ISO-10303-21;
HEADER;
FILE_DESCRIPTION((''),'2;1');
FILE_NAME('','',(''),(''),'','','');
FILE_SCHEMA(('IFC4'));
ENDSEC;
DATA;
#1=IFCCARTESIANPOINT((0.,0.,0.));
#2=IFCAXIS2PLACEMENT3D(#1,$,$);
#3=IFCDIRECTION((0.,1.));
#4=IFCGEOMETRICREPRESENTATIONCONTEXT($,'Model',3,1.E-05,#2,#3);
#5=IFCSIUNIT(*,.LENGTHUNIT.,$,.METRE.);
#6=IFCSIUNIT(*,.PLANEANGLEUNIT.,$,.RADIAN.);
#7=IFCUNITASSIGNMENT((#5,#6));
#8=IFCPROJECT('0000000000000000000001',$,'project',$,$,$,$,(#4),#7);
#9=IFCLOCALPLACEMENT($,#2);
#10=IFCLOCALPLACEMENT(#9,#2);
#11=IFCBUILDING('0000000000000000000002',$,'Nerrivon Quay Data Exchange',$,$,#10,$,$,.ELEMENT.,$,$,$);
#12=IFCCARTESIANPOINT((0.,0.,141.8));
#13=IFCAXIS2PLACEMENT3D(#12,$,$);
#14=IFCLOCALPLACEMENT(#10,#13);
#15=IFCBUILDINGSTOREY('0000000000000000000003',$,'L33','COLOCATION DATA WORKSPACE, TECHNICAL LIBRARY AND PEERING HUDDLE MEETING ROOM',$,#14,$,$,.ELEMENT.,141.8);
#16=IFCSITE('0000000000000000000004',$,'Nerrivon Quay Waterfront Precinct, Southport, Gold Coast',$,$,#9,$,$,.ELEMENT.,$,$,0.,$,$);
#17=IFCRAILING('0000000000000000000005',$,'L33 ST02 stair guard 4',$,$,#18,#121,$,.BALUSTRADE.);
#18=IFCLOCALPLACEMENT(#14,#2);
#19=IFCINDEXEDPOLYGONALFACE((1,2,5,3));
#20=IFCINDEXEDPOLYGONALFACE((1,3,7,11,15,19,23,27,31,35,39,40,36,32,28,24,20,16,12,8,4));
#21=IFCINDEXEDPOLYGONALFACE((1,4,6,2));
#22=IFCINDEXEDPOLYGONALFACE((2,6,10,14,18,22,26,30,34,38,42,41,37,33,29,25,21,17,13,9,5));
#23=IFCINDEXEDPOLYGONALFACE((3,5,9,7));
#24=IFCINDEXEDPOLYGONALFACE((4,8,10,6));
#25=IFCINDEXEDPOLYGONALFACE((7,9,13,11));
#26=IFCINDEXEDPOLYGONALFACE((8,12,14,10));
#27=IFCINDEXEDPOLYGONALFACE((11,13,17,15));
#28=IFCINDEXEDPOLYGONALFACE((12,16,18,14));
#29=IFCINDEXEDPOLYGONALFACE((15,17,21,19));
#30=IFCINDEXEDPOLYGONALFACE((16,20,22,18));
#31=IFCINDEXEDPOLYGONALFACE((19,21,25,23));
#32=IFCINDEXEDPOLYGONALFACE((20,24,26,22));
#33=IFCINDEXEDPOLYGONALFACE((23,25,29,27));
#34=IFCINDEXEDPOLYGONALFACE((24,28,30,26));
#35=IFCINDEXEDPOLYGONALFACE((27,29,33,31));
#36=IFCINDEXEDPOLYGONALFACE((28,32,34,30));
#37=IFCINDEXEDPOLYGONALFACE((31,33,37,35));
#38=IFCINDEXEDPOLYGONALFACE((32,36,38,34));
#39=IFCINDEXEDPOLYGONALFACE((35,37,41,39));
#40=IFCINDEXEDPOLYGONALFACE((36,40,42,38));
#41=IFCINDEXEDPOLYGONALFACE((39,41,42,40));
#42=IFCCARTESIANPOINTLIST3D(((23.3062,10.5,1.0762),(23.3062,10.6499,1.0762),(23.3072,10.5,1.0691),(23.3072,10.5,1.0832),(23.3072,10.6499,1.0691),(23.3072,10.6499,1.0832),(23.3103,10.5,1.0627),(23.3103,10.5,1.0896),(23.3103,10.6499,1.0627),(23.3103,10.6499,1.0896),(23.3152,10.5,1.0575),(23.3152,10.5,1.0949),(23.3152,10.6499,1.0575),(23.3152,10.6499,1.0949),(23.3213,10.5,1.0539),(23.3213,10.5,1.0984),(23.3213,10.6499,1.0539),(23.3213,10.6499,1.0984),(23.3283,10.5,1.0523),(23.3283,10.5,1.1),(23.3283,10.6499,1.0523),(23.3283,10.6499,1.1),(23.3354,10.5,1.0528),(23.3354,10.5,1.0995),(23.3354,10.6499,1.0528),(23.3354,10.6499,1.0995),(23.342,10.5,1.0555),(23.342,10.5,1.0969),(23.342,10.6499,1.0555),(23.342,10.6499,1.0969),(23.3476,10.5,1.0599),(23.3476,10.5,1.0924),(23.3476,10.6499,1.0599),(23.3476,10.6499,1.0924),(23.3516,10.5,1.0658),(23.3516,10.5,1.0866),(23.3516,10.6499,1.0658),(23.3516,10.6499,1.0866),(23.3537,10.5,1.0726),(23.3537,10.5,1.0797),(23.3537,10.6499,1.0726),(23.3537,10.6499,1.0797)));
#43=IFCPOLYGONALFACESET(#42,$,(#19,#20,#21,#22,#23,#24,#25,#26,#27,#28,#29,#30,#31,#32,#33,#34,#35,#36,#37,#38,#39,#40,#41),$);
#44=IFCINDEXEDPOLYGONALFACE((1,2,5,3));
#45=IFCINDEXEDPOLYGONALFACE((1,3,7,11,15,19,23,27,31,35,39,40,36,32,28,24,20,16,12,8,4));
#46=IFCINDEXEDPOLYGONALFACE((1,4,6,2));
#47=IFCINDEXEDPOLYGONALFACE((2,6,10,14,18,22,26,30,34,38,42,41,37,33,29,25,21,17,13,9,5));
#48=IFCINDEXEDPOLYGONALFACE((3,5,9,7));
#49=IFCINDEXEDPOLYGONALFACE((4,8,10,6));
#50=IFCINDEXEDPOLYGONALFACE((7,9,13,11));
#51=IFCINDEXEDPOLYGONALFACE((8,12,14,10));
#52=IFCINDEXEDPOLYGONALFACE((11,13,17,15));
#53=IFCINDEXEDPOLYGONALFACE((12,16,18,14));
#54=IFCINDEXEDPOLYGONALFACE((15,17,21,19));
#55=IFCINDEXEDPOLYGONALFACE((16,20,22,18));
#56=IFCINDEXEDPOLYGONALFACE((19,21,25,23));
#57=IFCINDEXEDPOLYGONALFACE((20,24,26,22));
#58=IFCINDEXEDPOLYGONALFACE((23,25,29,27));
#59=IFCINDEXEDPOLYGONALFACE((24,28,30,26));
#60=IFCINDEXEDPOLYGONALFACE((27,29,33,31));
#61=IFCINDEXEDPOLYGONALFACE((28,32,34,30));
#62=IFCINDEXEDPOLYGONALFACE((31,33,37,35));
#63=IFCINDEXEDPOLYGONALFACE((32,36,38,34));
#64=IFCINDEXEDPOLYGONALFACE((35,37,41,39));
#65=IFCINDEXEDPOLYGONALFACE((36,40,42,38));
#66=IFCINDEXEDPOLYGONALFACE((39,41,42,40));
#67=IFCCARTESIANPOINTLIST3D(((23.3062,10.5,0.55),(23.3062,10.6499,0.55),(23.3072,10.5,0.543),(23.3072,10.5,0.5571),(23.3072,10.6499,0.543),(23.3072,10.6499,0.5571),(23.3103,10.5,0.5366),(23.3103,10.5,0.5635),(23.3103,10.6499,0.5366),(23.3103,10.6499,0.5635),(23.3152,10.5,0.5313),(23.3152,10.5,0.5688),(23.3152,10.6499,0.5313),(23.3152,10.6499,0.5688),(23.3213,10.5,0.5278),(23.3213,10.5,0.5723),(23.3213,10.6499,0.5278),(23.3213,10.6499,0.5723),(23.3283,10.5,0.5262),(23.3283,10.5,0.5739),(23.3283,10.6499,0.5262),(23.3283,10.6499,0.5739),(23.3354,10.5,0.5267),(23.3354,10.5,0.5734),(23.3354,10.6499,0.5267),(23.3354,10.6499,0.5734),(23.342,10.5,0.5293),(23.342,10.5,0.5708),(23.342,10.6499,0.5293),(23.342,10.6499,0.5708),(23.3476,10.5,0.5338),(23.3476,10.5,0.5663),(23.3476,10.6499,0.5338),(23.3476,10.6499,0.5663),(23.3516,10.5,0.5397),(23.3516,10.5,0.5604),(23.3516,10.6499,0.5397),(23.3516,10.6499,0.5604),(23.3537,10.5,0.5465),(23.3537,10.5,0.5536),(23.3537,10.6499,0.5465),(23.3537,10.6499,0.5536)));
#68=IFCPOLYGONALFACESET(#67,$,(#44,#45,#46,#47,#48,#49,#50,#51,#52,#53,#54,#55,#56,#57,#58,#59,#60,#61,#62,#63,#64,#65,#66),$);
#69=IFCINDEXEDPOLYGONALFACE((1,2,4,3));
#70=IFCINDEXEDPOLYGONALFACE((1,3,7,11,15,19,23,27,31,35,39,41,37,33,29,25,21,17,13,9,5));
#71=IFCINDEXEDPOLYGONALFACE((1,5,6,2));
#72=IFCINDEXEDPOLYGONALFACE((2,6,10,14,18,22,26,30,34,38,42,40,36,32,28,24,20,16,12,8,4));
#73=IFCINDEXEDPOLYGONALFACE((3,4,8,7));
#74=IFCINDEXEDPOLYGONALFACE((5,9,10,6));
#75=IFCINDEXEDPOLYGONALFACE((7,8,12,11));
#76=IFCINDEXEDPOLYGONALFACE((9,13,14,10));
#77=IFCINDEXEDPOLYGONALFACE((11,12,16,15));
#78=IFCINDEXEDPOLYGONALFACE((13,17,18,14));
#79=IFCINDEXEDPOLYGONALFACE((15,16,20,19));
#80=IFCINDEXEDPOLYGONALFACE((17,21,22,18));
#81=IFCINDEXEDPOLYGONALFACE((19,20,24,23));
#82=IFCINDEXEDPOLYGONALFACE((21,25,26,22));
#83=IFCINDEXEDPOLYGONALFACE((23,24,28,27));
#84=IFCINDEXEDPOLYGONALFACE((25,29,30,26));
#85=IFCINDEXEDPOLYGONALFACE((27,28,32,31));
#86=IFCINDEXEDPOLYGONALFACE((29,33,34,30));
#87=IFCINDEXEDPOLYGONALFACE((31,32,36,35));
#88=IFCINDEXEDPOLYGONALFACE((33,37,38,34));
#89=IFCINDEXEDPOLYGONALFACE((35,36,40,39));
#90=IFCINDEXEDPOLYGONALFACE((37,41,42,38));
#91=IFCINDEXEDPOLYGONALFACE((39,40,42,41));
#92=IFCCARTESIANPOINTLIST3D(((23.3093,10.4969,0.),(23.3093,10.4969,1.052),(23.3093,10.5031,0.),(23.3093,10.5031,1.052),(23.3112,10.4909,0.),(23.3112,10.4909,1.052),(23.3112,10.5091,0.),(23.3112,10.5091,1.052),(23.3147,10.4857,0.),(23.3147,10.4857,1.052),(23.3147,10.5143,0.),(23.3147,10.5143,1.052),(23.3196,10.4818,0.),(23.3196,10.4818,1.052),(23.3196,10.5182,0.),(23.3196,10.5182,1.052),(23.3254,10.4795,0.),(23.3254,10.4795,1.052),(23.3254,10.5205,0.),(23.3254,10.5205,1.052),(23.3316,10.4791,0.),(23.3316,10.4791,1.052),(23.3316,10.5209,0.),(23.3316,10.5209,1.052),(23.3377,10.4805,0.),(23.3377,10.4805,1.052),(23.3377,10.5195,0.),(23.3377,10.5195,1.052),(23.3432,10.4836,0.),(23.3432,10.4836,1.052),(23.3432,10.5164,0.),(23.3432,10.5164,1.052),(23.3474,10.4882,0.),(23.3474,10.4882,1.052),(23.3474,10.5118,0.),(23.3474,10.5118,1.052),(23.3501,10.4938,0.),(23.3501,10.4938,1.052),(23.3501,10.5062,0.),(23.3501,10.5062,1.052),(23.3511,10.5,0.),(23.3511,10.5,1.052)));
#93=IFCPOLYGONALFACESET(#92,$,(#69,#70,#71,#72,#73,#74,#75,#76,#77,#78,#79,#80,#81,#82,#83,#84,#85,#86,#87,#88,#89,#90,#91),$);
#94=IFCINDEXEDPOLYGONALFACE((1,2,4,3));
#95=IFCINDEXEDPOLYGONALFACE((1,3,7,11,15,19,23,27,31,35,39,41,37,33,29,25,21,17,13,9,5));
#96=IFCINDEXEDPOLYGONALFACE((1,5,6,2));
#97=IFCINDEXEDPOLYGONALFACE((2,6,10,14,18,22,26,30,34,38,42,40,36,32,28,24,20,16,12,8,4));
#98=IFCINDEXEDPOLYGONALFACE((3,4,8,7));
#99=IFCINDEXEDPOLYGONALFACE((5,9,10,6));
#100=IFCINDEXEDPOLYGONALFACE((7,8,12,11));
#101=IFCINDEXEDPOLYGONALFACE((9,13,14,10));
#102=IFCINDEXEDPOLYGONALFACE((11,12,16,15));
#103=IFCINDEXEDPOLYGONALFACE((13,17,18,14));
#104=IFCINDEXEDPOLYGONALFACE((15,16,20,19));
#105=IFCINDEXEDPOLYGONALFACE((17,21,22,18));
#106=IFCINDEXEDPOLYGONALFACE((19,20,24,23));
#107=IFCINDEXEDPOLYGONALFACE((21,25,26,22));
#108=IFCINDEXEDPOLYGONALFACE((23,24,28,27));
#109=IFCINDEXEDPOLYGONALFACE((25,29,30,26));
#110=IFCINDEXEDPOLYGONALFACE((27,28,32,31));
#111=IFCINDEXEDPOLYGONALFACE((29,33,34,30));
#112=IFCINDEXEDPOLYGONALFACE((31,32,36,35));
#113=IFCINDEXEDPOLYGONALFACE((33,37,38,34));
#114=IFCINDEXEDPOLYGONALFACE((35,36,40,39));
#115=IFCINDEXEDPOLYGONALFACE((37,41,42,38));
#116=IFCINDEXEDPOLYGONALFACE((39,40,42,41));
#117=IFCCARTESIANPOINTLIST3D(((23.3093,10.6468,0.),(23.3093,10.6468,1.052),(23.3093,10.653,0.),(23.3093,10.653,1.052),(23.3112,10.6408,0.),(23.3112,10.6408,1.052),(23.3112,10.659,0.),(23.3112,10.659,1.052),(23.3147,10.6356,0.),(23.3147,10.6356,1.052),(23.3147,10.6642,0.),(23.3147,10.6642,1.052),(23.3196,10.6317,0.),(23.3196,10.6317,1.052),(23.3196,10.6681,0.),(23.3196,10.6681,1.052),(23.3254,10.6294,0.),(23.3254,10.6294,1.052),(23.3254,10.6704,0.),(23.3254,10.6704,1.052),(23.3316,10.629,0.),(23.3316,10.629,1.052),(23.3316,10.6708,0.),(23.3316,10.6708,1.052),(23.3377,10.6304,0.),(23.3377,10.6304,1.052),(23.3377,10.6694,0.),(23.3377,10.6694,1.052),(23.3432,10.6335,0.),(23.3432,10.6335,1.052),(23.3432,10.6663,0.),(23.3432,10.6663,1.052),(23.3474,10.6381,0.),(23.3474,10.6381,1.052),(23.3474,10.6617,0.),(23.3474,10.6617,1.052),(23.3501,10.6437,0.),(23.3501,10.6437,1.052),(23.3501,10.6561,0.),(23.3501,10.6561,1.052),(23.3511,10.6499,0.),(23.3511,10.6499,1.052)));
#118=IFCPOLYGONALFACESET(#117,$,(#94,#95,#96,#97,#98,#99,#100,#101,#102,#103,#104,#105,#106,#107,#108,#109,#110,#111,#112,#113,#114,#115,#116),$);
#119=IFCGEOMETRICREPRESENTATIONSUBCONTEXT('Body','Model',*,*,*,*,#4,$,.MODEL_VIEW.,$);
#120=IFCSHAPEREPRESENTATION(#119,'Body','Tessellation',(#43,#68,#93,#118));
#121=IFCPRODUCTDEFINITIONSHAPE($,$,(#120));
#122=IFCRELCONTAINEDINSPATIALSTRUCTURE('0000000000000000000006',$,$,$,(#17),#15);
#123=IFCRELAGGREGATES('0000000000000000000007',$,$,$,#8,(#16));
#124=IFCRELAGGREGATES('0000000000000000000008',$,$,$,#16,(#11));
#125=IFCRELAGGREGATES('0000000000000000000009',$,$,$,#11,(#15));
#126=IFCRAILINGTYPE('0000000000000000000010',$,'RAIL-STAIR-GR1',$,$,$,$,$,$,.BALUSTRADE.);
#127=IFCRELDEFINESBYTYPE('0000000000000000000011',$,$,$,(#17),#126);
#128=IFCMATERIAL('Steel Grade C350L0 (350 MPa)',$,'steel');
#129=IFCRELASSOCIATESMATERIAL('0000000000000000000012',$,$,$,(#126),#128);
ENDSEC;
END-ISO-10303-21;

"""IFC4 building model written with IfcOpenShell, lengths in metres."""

from ifc_helpers import new_model, si_unit, direction, frame, origin, origin_2d, place, context, subcontext, project, spatial, circle, extrude, material, type_object, element, save


model = new_model("IFC4")

# Units and contexts
model_context = context("Model", 3, precision=1e-05, world=origin(), true_north=direction((0.0, 1.0)))
body_context = subcontext(model_context, "Body", "Model", "MODEL_VIEW")
ifc_project = project(units=[si_unit("LENGTHUNIT", "METRE"), si_unit("PLANEANGLEUNIT", "RADIAN")], contexts=[model_context])

# Site, building, storey
site_placement = place(None, origin())
site = spatial("IfcSite", under=ifc_project, at=site_placement, Name="Nerrivon Quay Waterfront Precinct, Southport, Gold Coast", CompositionType="ELEMENT", RefElevation=0.0)
building_placement = place(site_placement, origin())
building = spatial("IfcBuilding", under=site, at=building_placement, Name="Nerrivon Quay Data Exchange", CompositionType="ELEMENT")
storey_placement = place(building_placement, frame((0.0, 0.0, 141.8)))
storey = spatial("IfcBuildingStorey", under=building, at=storey_placement, Name="L33", Description="COLOCATION DATA WORKSPACE, TECHNICAL LIBRARY AND PEERING HUDDLE MEETING ROOM", CompositionType="ELEMENT", Elevation=141.8)

# Railing
ifc_material_1 = material(Name="Steel Grade C350L0 (350 MPa)", Category="steel")
railing_type_1 = type_object("IfcRailingType", Name="RAIL-STAIR-GR1", PredefinedType="BALUSTRADE", material=ifc_material_1)
railing_1_placement = place(storey_placement, frame((23.3301, 10.5, 0.0)))
element("IfcRailing", 1, at=railing_1_placement, inside=storey, type_object=railing_type_1, Name="L33 ST02 stair guard 4", PredefinedType="BALUSTRADE", context=body_context, shape_type="SweptSolid", body=[
    extrude(circle(Radius=0.0239, at=origin_2d()), frame((0.0, 0.0, 1.0762), z_axis=(0.0, 1.0, 0.0), x_axis=(-1.0, 0.0, 0.0)), (0.0, 0.0, 1.0), 0.1499),
    extrude(circle(Radius=0.0239, at=origin_2d()), frame((0.0, 0.0, 0.55), z_axis=(0.0, 1.0, 0.0), x_axis=(-1.0, 0.0, 0.0)), (0.0, 0.0, 1.0), 0.1499),
    extrude(circle(Radius=0.021, at=origin_2d()), origin(), (0.0, 0.0, 1.0), 1.052),
    extrude(circle(Radius=0.021, at=origin_2d()), frame((0.0, 0.1499, 0.0)), (0.0, 0.0, 1.0), 1.052),
])

save(model, "model.ifc")
